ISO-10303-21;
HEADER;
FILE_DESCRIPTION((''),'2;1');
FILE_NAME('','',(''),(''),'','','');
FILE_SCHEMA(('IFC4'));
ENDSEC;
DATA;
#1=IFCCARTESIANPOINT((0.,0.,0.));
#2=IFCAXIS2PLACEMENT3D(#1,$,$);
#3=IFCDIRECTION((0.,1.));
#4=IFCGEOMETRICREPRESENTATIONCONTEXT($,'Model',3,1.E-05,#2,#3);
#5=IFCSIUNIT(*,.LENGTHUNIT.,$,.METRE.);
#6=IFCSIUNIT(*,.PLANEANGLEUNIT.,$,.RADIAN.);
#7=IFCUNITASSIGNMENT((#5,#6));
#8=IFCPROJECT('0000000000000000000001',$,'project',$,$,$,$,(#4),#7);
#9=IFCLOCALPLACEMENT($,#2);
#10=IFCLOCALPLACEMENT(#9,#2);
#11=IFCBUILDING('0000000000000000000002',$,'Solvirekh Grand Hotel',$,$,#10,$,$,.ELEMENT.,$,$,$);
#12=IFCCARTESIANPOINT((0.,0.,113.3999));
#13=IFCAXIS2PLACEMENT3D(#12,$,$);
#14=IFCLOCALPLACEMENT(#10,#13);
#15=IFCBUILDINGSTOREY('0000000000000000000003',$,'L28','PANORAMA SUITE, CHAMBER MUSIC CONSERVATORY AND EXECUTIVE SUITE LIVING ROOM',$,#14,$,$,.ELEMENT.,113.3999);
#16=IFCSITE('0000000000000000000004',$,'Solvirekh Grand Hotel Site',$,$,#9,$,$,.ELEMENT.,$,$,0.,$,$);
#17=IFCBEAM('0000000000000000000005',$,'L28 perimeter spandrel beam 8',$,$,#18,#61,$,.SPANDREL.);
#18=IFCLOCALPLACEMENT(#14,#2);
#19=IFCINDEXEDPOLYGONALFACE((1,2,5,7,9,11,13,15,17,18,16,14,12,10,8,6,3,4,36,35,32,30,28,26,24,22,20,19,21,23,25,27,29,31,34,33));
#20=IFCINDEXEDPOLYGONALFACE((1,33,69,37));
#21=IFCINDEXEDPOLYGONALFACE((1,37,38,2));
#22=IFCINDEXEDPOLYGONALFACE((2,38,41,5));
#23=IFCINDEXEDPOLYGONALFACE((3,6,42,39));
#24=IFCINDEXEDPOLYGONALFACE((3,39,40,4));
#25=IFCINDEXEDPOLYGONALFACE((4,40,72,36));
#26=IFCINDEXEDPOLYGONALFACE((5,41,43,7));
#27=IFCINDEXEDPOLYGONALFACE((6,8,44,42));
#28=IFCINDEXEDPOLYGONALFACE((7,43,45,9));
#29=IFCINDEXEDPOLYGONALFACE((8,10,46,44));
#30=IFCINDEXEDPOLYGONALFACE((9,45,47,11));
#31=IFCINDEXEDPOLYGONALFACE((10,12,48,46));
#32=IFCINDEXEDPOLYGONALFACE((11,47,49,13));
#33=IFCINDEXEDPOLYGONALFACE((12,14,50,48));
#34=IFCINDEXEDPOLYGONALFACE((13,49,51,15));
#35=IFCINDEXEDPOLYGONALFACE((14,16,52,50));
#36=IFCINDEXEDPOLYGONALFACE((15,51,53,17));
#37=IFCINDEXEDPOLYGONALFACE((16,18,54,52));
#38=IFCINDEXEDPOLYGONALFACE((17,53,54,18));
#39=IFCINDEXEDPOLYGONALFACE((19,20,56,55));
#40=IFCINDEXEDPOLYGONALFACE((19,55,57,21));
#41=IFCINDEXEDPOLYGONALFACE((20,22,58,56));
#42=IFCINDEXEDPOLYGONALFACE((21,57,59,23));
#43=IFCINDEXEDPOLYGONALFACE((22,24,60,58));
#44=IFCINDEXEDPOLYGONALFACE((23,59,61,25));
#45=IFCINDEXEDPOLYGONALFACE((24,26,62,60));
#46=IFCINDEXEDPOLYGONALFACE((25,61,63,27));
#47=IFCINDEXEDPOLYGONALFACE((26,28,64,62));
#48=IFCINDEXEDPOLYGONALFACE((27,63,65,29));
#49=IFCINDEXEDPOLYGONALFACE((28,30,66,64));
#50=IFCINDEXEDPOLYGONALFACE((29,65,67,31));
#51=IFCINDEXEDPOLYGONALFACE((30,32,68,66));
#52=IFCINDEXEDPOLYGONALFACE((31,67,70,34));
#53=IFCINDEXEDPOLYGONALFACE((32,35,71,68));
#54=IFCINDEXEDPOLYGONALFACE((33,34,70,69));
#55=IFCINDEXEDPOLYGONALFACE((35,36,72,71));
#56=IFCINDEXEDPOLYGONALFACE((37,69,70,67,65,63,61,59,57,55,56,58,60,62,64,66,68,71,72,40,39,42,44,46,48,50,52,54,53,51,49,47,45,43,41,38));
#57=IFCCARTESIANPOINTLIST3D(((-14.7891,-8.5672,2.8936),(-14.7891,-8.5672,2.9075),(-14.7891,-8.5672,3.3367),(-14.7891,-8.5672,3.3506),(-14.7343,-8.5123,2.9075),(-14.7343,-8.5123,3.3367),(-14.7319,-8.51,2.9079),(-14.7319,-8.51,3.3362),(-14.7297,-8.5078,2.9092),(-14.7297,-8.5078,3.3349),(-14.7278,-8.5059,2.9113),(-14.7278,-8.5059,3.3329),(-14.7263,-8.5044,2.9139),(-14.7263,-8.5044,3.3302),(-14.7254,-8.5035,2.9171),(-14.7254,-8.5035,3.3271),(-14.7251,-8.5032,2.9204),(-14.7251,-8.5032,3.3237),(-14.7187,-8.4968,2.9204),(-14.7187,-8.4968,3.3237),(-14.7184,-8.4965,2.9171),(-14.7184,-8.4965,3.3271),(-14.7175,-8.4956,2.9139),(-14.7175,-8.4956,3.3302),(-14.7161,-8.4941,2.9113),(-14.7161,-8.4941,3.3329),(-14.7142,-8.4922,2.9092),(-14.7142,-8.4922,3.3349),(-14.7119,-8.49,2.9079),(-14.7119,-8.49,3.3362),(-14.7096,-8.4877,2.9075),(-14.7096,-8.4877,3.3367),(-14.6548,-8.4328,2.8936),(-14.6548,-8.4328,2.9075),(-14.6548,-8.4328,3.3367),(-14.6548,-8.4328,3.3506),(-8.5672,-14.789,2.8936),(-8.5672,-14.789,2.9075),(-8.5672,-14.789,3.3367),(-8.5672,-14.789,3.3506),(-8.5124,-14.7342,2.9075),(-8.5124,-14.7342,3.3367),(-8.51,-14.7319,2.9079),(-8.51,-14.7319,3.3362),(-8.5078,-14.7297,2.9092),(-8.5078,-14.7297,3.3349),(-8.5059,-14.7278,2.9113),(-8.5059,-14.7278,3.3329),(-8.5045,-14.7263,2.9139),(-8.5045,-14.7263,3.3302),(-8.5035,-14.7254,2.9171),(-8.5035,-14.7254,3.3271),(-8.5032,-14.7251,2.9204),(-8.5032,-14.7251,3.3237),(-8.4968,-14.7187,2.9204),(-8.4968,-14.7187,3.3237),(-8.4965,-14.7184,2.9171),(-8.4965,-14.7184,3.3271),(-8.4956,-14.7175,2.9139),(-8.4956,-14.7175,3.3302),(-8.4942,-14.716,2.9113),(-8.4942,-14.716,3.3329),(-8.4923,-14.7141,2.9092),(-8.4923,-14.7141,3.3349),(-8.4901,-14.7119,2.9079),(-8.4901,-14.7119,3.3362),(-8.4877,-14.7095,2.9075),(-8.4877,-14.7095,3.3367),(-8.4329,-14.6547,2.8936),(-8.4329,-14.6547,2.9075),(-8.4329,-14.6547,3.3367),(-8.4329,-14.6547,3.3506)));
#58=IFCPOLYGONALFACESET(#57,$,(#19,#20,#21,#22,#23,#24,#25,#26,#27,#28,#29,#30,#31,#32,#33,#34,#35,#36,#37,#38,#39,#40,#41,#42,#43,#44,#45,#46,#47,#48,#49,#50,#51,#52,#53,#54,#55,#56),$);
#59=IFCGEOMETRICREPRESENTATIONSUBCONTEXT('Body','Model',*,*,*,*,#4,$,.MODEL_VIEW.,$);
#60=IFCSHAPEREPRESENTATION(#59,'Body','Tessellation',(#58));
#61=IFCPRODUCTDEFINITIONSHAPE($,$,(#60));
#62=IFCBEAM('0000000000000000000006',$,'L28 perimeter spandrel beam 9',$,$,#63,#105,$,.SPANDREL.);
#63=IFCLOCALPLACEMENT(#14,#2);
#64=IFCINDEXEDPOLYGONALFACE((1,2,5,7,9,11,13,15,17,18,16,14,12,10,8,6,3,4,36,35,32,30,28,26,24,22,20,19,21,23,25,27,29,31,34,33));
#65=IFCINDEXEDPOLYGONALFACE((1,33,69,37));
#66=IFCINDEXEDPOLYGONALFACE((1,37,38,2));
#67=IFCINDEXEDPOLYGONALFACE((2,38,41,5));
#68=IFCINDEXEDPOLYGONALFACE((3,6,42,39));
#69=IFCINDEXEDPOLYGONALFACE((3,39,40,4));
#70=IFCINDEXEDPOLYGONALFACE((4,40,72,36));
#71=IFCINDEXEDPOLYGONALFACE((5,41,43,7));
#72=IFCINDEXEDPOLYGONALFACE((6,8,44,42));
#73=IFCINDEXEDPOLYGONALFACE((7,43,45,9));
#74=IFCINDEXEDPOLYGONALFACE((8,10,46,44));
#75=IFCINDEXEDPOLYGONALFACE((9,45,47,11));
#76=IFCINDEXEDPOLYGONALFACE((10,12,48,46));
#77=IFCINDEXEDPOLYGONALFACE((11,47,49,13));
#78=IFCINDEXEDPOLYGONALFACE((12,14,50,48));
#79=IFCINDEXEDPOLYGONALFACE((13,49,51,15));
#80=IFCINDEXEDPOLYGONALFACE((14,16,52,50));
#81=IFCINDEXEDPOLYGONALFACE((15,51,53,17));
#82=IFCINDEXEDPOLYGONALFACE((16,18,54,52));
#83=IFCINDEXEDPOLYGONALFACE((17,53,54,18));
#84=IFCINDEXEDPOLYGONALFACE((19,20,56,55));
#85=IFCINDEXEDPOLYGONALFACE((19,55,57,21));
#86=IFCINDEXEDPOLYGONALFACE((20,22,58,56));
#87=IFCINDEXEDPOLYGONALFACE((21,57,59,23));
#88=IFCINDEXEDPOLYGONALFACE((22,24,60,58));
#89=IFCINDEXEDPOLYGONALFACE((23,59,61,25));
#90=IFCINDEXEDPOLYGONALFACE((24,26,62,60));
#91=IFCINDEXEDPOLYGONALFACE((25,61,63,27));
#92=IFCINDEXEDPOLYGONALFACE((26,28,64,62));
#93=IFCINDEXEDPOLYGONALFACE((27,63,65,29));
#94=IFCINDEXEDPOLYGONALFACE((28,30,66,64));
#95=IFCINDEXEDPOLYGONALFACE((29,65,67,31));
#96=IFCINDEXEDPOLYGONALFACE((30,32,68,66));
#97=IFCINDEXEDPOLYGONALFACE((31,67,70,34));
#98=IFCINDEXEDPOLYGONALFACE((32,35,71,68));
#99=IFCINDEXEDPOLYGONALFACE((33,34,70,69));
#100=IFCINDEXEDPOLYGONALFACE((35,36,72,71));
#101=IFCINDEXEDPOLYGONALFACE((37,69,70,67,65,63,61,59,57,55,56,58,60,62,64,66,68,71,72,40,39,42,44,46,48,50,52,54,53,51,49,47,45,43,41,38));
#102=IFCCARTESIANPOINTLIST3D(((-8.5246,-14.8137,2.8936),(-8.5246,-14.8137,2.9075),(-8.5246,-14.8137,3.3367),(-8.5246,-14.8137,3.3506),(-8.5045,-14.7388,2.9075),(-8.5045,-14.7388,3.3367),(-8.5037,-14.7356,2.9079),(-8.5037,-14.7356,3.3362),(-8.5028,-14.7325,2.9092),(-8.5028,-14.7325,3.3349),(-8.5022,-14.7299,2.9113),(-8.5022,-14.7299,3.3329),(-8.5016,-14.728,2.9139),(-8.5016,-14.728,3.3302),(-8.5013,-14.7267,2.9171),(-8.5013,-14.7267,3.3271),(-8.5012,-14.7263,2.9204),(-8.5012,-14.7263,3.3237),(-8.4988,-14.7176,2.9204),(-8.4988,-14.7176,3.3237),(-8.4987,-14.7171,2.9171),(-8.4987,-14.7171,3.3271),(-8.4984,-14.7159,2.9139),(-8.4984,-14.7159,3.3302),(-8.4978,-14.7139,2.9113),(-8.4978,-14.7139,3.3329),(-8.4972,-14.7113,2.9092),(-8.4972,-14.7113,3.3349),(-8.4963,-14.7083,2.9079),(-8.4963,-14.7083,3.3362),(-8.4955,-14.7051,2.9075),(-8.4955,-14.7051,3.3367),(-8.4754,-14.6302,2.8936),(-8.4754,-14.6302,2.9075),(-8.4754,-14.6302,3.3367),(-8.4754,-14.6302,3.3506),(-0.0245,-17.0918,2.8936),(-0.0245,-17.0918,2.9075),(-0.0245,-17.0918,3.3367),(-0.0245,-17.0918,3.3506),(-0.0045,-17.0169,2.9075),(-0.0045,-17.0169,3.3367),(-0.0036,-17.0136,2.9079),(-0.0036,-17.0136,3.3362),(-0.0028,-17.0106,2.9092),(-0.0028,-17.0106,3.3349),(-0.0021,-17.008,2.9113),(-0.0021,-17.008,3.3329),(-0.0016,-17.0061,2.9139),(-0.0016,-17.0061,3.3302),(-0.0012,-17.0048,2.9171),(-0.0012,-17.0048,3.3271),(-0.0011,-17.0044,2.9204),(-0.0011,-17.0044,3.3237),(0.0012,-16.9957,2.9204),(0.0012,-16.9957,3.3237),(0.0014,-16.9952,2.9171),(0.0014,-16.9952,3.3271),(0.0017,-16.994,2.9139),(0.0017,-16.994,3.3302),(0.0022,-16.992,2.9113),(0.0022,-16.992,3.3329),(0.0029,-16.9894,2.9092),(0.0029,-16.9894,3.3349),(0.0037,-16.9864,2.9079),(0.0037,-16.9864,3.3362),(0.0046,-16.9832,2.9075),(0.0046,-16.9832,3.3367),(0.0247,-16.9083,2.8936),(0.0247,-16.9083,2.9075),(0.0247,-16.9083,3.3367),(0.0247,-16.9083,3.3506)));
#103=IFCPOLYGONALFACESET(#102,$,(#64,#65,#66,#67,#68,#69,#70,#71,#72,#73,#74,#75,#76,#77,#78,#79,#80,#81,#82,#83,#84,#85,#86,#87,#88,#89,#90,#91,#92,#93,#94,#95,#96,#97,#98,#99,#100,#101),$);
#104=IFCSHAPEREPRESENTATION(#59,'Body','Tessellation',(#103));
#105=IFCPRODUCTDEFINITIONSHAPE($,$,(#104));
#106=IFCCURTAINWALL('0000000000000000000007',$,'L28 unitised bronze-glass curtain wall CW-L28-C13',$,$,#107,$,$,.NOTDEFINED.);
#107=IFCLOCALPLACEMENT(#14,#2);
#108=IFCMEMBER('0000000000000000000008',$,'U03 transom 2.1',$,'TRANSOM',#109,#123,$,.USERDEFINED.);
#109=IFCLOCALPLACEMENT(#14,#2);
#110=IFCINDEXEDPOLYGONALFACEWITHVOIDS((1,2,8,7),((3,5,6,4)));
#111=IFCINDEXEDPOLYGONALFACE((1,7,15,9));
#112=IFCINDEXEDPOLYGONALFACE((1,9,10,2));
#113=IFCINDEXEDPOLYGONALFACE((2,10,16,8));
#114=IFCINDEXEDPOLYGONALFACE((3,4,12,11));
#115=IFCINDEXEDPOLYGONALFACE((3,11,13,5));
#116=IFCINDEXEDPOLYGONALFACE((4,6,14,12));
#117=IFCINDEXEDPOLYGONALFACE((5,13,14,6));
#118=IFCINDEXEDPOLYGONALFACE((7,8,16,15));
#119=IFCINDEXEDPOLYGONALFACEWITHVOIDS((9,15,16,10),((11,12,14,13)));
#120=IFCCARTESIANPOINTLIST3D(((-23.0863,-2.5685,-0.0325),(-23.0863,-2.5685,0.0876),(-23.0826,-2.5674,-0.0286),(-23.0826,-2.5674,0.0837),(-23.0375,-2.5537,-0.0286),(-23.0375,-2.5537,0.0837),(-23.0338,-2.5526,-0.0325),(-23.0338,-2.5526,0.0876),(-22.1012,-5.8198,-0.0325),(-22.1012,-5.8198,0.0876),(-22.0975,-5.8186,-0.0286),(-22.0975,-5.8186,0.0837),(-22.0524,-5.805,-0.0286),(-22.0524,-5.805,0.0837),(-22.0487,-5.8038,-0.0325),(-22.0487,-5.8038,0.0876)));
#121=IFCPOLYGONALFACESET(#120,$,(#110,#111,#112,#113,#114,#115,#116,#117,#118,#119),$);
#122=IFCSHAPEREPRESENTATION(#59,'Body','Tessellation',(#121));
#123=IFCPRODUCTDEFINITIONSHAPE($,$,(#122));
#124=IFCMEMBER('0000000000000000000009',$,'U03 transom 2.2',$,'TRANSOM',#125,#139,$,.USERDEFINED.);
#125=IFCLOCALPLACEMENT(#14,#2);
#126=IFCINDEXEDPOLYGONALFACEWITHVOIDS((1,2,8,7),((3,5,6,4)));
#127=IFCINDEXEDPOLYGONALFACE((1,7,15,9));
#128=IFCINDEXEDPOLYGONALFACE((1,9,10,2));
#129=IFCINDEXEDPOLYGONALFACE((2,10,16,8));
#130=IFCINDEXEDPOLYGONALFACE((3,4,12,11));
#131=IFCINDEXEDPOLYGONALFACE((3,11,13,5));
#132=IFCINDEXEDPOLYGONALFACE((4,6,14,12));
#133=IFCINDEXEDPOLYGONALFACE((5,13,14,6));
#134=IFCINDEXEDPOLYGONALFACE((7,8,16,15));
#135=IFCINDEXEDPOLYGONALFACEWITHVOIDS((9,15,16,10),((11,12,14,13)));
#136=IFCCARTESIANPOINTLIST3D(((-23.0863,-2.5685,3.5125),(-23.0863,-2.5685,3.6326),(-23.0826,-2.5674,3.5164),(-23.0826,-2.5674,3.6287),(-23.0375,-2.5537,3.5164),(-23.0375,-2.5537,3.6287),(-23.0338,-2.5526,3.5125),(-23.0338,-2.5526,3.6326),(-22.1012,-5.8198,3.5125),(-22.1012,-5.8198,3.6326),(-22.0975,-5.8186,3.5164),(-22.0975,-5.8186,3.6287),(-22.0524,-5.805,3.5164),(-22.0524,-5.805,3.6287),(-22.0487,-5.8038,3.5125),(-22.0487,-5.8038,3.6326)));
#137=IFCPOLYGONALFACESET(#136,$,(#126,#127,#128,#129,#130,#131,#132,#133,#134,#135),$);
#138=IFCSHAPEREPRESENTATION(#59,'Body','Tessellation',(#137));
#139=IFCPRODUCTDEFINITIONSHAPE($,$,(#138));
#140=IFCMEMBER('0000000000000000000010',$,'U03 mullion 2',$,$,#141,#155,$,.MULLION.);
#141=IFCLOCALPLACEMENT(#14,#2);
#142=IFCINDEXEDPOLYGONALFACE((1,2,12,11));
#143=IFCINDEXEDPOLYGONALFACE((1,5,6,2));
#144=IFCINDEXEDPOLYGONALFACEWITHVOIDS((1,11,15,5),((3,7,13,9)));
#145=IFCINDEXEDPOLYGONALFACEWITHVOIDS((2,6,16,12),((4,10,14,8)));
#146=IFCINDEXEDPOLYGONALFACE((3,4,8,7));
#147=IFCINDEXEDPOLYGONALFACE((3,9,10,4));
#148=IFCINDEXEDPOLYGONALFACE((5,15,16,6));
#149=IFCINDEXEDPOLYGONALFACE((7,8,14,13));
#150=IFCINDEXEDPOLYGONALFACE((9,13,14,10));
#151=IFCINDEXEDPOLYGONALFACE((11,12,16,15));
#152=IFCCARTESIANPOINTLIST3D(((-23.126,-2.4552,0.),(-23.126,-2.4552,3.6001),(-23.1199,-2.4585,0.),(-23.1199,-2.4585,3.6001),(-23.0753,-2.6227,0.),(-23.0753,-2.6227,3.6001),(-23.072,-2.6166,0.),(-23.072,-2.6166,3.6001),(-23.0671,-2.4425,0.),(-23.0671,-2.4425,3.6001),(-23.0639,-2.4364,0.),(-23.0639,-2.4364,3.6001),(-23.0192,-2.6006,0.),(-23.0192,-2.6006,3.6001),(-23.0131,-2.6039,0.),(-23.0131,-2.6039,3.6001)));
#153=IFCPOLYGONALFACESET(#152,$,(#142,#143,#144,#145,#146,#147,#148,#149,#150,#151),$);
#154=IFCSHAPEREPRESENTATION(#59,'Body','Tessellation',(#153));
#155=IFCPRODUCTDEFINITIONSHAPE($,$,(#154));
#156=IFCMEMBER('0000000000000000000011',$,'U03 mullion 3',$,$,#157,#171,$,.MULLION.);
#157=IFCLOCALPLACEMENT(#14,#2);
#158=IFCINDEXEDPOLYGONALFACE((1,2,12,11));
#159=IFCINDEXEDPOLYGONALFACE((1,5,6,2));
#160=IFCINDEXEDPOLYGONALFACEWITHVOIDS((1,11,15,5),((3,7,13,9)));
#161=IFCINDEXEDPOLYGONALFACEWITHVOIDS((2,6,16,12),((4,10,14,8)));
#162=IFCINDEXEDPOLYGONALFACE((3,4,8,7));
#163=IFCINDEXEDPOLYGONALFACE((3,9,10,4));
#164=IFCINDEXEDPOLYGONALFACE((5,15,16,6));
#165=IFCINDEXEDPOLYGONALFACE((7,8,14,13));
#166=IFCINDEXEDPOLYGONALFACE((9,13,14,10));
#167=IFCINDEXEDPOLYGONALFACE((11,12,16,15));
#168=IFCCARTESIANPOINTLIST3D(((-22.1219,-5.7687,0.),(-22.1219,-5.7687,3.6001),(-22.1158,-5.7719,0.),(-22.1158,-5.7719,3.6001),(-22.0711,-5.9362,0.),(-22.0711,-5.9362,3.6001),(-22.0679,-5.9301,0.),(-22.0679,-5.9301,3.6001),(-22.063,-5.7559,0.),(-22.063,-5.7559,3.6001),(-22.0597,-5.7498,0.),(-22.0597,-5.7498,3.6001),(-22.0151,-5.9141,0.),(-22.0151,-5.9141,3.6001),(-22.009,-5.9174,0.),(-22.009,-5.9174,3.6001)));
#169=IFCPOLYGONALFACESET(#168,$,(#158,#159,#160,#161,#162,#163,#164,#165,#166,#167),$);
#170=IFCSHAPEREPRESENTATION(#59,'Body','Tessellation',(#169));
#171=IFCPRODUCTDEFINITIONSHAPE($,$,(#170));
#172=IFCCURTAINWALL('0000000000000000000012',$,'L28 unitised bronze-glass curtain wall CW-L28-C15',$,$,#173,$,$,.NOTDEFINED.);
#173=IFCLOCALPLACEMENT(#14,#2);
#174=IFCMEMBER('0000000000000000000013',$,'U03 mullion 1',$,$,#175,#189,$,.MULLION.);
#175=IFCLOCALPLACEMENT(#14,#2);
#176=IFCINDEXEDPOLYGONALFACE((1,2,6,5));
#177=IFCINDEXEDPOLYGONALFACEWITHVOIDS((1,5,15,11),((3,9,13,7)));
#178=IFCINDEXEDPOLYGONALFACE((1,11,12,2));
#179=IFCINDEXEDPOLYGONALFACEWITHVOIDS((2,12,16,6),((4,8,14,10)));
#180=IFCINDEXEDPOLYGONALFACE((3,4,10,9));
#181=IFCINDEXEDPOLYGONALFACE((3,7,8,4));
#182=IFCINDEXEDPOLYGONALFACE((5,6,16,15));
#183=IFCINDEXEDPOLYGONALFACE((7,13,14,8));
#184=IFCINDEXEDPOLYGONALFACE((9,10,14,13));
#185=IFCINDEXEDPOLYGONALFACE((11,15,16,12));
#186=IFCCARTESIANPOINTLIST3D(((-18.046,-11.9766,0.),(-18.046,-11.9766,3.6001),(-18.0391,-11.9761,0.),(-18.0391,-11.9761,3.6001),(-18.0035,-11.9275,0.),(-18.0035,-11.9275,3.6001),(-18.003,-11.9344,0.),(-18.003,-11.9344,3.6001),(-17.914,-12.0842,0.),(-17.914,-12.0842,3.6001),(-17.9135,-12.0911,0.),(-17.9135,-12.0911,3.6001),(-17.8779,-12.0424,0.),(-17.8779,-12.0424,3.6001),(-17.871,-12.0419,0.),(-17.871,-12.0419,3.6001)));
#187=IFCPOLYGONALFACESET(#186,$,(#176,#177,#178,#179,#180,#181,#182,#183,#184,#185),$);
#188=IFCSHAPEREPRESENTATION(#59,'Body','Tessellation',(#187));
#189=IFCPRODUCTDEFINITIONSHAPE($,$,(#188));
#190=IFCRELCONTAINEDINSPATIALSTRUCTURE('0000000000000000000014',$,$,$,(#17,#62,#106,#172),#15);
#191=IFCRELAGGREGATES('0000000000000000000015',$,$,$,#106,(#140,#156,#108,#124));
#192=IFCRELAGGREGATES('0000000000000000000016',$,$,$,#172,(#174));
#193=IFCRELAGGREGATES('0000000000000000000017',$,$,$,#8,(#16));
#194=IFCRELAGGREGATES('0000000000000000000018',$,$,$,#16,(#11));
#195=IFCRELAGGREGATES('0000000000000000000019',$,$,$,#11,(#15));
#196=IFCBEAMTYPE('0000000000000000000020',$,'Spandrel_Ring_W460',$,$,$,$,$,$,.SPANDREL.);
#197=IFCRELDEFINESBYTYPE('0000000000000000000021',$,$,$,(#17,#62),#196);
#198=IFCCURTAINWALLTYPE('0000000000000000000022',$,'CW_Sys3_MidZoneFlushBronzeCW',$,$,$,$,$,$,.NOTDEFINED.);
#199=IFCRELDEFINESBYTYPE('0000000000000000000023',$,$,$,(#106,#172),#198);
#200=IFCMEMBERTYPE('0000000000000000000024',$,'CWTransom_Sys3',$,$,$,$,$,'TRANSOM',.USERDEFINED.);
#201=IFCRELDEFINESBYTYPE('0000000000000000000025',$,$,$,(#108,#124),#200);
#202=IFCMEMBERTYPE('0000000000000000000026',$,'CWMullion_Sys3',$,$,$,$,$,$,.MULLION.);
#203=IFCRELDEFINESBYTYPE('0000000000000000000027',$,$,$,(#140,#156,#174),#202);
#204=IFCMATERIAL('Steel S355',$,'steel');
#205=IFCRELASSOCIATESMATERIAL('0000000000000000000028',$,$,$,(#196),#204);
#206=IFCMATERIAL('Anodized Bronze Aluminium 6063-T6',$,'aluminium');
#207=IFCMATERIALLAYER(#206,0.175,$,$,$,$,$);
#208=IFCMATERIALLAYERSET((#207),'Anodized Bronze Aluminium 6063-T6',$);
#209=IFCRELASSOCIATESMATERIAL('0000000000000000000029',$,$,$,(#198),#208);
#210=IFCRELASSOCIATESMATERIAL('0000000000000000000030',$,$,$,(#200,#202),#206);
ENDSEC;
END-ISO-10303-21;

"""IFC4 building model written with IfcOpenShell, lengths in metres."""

from ifc_helpers import new_model, si_unit, direction, frame, origin, origin_2d, place, context, subcontext, project, spatial, hollow_rectangle, i_section, extrude, source, transform, mapped, material, layer, layer_set, material_profile, profile_set, type_object, element, aggregate, save


model = new_model("IFC4")

# Units and contexts
model_context = context("Model", 3, precision=1e-05, world=origin(), true_north=direction((0.0, 1.0)))
body_context = subcontext(model_context, "Body", "Model", "MODEL_VIEW")
ifc_project = project(units=[si_unit("LENGTHUNIT", "METRE"), si_unit("PLANEANGLEUNIT", "RADIAN")], contexts=[model_context])

# Site, building, storey
site_placement = place(None, origin())
site = spatial("IfcSite", under=ifc_project, at=site_placement, Name="Solvirekh Grand Hotel Site", CompositionType="ELEMENT", RefElevation=0.0)
building_placement = place(site_placement, origin())
building = spatial("IfcBuilding", under=site, at=building_placement, Name="Solvirekh Grand Hotel", CompositionType="ELEMENT")
storey_placement = place(building_placement, frame((0.0, 0.0, 113.3999)))
storey = spatial("IfcBuildingStorey", under=building, at=storey_placement, Name="L28", Description="PANORAMA SUITE, CHAMBER MUSIC CONSERVATORY AND EXECUTIVE SUITE LIVING ROOM", CompositionType="ELEMENT", Elevation=113.3999)

# Beams
ifc_material_1 = material(Name="Steel S355", Category="steel")
ifc_material_profile_1 = material_profile(ifc_material_1, i_section(OverallWidth=0.1899, OverallDepth=0.457, WebThickness=0.009, FlangeThickness=0.0139, FilletRadius=0.0129, at=origin_2d()), Name="W460X74")
ifc_profile_set_1 = profile_set([ifc_material_profile_1], Name="Steel S355")
beam_type = type_object("IfcBeamType", Name="Spandrel_Ring_W460", PredefinedType="SPANDREL", material=ifc_profile_set_1)
beam_1_placement = place(storey_placement, frame((-14.7219, -8.5, 3.1221), z_axis=(0.707107, -0.707107, 0.0), x_axis=(0.707107, 0.707107, 0.0)))
element("IfcBeam", 1, at=beam_1_placement, inside=storey, type_object=beam_type, Name="L28 perimeter spandrel beam 8", PredefinedType="SPANDREL", context=body_context, shape_type="SweptSolid", body=[
    extrude(i_section(OverallWidth=0.1899, OverallDepth=0.457, WebThickness=0.009, FlangeThickness=0.0139, FilletRadius=0.0129, at=origin_2d()), origin(), (0.0, 0.0, 1.0), 8.7991),
])
beam_2_placement = place(storey_placement, frame((-8.5, -14.7219, 3.1221), z_axis=(0.965911, -0.258873, 0.0), x_axis=(0.258873, 0.965911, 0.0)))
element("IfcBeam", 2, at=beam_2_placement, inside=storey, type_object=beam_type, Name="L28 perimeter spandrel beam 9", PredefinedType="SPANDREL", context=body_context, shape_type="SweptSolid", body=[
    extrude(i_section(OverallWidth=0.1899, OverallDepth=0.457, WebThickness=0.009, FlangeThickness=0.0139, FilletRadius=0.0129, at=origin_2d()), origin(), (0.0, 0.0, 1.0), 8.8),
])

# Curtain walls, members
ifc_material_2 = material(Name="Anodized Bronze Aluminium 6063-T6", Category="aluminium")
ifc_layer_1 = layer(ifc_material_2, 0.175)
ifc_layer_set_1 = layer_set([ifc_layer_1], Name="Anodized Bronze Aluminium 6063-T6")
curtain_wall_type = type_object("IfcCurtainWallType", Name="CW_Sys3_MidZoneFlushBronzeCW", PredefinedType="NOTDEFINED", material=ifc_layer_set_1)
curtain_wall_1_placement = place(storey_placement, origin())
curtain_wall_1 = element("IfcCurtainWall", 3, at=curtain_wall_1_placement, inside=storey, type_object=curtain_wall_type, Name="L28 unitised bronze-glass curtain wall CW-L28-C13", PredefinedType="NOTDEFINED")
ifc_material_profile_2 = material_profile(ifc_material_2, hollow_rectangle(XDim=0.0549, YDim=0.1201, WallThickness=0.0039, at=origin_2d()), Name="ALU RHS 120X55X4")
ifc_profile_set_2 = profile_set([ifc_material_profile_2], Name="Anodized Bronze Aluminium 6063-T6")
member_type_1 = type_object("IfcMemberType", Name="CWTransom_Sys3", ElementType="TRANSOM", PredefinedType="USERDEFINED", material=ifc_profile_set_2)
shared_shape_1 = source(origin(), body_context, "Body", "SweptSolid", [
    extrude(hollow_rectangle(XDim=0.0549, YDim=0.1201, WallThickness=0.0039, at=origin_2d()), origin(), (0.0, 0.0, 1.0), 3.3972),
])
member_1_placement = place(storey_placement, frame((-23.0601, -2.5605, 0.0276), z_axis=(0.289977, -0.957033, 0.0), x_axis=(0.957033, 0.289977, 0.0)))
member_1 = element("IfcMember", 4, at=member_1_placement, type_object=member_type_1, Name="U03 transom 2.1", ObjectType="TRANSOM", PredefinedType="USERDEFINED", context=body_context, shape_type="MappedRepresentation", body=[
    mapped(shared_shape_1, transform((0.0, 0.0, 0.0), x_axis=(1.0, 0.0, 0.0), y_axis=(0.0, 1.0, 0.0), z_axis=(0.0, 0.0, 1.0), scale=1.0)),
])
member_2_placement = place(storey_placement, frame((-23.0601, -2.5605, 3.5725), z_axis=(0.289977, -0.957033, 0.0), x_axis=(0.957033, 0.289977, 0.0)))
member_2 = element("IfcMember", 5, at=member_2_placement, type_object=member_type_1, Name="U03 transom 2.2", ObjectType="TRANSOM", PredefinedType="USERDEFINED", context=body_context, shape_type="MappedRepresentation", body=[
    mapped(shared_shape_1, transform((0.0, 0.0, 0.0), x_axis=(1.0, 0.0, 0.0), y_axis=(0.0, 1.0, 0.0), z_axis=(0.0, 0.0, 1.0), scale=1.0)),
])
ifc_material_profile_3 = material_profile(ifc_material_2, hollow_rectangle(XDim=0.0649, YDim=0.175, WallThickness=0.0049, at=origin_2d()), Name="ALU RHS 175X65X5")
ifc_profile_set_3 = profile_set([ifc_material_profile_3], Name="Anodized Bronze Aluminium 6063-T6")
member_type_2 = type_object("IfcMemberType", Name="CWMullion_Sys3", PredefinedType="MULLION", material=ifc_profile_set_3)
shared_shape_2 = source(origin(), body_context, "Body", "SweptSolid", [
    extrude(hollow_rectangle(XDim=0.0649, YDim=0.175, WallThickness=0.0049, at=origin_2d()), origin(), (0.0, 0.0, 1.0), 3.6001),
])
member_3_placement = place(storey_placement, frame((-23.0696, -2.5295, 0.0), z_axis=(0.0, 0.0, 1.0), x_axis=(0.957023, 0.290011, 0.0)))
member_3 = element("IfcMember", 6, at=member_3_placement, type_object=member_type_2, Name="U03 mullion 2", PredefinedType="MULLION", context=body_context, shape_type="MappedRepresentation", body=[
    mapped(shared_shape_2, transform((0.0, 0.0, 0.0), x_axis=(1.0, 0.0, 0.0), y_axis=(0.0, 1.0, 0.0), z_axis=(0.0, 0.0, 1.0), scale=1.0)),
])
member_4_placement = place(storey_placement, frame((-22.0654, -5.843, 0.0), z_axis=(0.0, 0.0, 1.0), x_axis=(0.957023, 0.290011, 0.0)))
member_4 = element("IfcMember", 7, at=member_4_placement, type_object=member_type_2, Name="U03 mullion 3", PredefinedType="MULLION", context=body_context, shape_type="MappedRepresentation", body=[
    mapped(shared_shape_2, transform((0.0, 0.0, 0.0), x_axis=(1.0, 0.0, 0.0), y_axis=(0.0, 1.0, 0.0), z_axis=(0.0, 0.0, 1.0), scale=1.0)),
])
curtain_wall_2_placement = place(storey_placement, origin())
curtain_wall_2 = element("IfcCurtainWall", 8, at=curtain_wall_2_placement, inside=storey, type_object=curtain_wall_type, Name="L28 unitised bronze-glass curtain wall CW-L28-C15", PredefinedType="NOTDEFINED")
member_5_placement = place(storey_placement, frame((-17.9585, -12.0093, 0.0), z_axis=(0.0, 0.0, 1.0), x_axis=(0.65363, 0.756814, 0.0)))
member_5 = element("IfcMember", 9, at=member_5_placement, type_object=member_type_2, Name="U03 mullion 1", PredefinedType="MULLION", context=body_context, shape_type="MappedRepresentation", body=[
    mapped(shared_shape_2, transform((0.0, 0.0, 0.0), x_axis=(1.0, 0.0, 0.0), y_axis=(0.0, 1.0, 0.0), z_axis=(0.0, 0.0, 1.0), scale=1.0)),
])

aggregate(curtain_wall_1, [member_3, member_4, member_1, member_2])
aggregate(curtain_wall_2, [member_5])

save(model, "model.ifc")
